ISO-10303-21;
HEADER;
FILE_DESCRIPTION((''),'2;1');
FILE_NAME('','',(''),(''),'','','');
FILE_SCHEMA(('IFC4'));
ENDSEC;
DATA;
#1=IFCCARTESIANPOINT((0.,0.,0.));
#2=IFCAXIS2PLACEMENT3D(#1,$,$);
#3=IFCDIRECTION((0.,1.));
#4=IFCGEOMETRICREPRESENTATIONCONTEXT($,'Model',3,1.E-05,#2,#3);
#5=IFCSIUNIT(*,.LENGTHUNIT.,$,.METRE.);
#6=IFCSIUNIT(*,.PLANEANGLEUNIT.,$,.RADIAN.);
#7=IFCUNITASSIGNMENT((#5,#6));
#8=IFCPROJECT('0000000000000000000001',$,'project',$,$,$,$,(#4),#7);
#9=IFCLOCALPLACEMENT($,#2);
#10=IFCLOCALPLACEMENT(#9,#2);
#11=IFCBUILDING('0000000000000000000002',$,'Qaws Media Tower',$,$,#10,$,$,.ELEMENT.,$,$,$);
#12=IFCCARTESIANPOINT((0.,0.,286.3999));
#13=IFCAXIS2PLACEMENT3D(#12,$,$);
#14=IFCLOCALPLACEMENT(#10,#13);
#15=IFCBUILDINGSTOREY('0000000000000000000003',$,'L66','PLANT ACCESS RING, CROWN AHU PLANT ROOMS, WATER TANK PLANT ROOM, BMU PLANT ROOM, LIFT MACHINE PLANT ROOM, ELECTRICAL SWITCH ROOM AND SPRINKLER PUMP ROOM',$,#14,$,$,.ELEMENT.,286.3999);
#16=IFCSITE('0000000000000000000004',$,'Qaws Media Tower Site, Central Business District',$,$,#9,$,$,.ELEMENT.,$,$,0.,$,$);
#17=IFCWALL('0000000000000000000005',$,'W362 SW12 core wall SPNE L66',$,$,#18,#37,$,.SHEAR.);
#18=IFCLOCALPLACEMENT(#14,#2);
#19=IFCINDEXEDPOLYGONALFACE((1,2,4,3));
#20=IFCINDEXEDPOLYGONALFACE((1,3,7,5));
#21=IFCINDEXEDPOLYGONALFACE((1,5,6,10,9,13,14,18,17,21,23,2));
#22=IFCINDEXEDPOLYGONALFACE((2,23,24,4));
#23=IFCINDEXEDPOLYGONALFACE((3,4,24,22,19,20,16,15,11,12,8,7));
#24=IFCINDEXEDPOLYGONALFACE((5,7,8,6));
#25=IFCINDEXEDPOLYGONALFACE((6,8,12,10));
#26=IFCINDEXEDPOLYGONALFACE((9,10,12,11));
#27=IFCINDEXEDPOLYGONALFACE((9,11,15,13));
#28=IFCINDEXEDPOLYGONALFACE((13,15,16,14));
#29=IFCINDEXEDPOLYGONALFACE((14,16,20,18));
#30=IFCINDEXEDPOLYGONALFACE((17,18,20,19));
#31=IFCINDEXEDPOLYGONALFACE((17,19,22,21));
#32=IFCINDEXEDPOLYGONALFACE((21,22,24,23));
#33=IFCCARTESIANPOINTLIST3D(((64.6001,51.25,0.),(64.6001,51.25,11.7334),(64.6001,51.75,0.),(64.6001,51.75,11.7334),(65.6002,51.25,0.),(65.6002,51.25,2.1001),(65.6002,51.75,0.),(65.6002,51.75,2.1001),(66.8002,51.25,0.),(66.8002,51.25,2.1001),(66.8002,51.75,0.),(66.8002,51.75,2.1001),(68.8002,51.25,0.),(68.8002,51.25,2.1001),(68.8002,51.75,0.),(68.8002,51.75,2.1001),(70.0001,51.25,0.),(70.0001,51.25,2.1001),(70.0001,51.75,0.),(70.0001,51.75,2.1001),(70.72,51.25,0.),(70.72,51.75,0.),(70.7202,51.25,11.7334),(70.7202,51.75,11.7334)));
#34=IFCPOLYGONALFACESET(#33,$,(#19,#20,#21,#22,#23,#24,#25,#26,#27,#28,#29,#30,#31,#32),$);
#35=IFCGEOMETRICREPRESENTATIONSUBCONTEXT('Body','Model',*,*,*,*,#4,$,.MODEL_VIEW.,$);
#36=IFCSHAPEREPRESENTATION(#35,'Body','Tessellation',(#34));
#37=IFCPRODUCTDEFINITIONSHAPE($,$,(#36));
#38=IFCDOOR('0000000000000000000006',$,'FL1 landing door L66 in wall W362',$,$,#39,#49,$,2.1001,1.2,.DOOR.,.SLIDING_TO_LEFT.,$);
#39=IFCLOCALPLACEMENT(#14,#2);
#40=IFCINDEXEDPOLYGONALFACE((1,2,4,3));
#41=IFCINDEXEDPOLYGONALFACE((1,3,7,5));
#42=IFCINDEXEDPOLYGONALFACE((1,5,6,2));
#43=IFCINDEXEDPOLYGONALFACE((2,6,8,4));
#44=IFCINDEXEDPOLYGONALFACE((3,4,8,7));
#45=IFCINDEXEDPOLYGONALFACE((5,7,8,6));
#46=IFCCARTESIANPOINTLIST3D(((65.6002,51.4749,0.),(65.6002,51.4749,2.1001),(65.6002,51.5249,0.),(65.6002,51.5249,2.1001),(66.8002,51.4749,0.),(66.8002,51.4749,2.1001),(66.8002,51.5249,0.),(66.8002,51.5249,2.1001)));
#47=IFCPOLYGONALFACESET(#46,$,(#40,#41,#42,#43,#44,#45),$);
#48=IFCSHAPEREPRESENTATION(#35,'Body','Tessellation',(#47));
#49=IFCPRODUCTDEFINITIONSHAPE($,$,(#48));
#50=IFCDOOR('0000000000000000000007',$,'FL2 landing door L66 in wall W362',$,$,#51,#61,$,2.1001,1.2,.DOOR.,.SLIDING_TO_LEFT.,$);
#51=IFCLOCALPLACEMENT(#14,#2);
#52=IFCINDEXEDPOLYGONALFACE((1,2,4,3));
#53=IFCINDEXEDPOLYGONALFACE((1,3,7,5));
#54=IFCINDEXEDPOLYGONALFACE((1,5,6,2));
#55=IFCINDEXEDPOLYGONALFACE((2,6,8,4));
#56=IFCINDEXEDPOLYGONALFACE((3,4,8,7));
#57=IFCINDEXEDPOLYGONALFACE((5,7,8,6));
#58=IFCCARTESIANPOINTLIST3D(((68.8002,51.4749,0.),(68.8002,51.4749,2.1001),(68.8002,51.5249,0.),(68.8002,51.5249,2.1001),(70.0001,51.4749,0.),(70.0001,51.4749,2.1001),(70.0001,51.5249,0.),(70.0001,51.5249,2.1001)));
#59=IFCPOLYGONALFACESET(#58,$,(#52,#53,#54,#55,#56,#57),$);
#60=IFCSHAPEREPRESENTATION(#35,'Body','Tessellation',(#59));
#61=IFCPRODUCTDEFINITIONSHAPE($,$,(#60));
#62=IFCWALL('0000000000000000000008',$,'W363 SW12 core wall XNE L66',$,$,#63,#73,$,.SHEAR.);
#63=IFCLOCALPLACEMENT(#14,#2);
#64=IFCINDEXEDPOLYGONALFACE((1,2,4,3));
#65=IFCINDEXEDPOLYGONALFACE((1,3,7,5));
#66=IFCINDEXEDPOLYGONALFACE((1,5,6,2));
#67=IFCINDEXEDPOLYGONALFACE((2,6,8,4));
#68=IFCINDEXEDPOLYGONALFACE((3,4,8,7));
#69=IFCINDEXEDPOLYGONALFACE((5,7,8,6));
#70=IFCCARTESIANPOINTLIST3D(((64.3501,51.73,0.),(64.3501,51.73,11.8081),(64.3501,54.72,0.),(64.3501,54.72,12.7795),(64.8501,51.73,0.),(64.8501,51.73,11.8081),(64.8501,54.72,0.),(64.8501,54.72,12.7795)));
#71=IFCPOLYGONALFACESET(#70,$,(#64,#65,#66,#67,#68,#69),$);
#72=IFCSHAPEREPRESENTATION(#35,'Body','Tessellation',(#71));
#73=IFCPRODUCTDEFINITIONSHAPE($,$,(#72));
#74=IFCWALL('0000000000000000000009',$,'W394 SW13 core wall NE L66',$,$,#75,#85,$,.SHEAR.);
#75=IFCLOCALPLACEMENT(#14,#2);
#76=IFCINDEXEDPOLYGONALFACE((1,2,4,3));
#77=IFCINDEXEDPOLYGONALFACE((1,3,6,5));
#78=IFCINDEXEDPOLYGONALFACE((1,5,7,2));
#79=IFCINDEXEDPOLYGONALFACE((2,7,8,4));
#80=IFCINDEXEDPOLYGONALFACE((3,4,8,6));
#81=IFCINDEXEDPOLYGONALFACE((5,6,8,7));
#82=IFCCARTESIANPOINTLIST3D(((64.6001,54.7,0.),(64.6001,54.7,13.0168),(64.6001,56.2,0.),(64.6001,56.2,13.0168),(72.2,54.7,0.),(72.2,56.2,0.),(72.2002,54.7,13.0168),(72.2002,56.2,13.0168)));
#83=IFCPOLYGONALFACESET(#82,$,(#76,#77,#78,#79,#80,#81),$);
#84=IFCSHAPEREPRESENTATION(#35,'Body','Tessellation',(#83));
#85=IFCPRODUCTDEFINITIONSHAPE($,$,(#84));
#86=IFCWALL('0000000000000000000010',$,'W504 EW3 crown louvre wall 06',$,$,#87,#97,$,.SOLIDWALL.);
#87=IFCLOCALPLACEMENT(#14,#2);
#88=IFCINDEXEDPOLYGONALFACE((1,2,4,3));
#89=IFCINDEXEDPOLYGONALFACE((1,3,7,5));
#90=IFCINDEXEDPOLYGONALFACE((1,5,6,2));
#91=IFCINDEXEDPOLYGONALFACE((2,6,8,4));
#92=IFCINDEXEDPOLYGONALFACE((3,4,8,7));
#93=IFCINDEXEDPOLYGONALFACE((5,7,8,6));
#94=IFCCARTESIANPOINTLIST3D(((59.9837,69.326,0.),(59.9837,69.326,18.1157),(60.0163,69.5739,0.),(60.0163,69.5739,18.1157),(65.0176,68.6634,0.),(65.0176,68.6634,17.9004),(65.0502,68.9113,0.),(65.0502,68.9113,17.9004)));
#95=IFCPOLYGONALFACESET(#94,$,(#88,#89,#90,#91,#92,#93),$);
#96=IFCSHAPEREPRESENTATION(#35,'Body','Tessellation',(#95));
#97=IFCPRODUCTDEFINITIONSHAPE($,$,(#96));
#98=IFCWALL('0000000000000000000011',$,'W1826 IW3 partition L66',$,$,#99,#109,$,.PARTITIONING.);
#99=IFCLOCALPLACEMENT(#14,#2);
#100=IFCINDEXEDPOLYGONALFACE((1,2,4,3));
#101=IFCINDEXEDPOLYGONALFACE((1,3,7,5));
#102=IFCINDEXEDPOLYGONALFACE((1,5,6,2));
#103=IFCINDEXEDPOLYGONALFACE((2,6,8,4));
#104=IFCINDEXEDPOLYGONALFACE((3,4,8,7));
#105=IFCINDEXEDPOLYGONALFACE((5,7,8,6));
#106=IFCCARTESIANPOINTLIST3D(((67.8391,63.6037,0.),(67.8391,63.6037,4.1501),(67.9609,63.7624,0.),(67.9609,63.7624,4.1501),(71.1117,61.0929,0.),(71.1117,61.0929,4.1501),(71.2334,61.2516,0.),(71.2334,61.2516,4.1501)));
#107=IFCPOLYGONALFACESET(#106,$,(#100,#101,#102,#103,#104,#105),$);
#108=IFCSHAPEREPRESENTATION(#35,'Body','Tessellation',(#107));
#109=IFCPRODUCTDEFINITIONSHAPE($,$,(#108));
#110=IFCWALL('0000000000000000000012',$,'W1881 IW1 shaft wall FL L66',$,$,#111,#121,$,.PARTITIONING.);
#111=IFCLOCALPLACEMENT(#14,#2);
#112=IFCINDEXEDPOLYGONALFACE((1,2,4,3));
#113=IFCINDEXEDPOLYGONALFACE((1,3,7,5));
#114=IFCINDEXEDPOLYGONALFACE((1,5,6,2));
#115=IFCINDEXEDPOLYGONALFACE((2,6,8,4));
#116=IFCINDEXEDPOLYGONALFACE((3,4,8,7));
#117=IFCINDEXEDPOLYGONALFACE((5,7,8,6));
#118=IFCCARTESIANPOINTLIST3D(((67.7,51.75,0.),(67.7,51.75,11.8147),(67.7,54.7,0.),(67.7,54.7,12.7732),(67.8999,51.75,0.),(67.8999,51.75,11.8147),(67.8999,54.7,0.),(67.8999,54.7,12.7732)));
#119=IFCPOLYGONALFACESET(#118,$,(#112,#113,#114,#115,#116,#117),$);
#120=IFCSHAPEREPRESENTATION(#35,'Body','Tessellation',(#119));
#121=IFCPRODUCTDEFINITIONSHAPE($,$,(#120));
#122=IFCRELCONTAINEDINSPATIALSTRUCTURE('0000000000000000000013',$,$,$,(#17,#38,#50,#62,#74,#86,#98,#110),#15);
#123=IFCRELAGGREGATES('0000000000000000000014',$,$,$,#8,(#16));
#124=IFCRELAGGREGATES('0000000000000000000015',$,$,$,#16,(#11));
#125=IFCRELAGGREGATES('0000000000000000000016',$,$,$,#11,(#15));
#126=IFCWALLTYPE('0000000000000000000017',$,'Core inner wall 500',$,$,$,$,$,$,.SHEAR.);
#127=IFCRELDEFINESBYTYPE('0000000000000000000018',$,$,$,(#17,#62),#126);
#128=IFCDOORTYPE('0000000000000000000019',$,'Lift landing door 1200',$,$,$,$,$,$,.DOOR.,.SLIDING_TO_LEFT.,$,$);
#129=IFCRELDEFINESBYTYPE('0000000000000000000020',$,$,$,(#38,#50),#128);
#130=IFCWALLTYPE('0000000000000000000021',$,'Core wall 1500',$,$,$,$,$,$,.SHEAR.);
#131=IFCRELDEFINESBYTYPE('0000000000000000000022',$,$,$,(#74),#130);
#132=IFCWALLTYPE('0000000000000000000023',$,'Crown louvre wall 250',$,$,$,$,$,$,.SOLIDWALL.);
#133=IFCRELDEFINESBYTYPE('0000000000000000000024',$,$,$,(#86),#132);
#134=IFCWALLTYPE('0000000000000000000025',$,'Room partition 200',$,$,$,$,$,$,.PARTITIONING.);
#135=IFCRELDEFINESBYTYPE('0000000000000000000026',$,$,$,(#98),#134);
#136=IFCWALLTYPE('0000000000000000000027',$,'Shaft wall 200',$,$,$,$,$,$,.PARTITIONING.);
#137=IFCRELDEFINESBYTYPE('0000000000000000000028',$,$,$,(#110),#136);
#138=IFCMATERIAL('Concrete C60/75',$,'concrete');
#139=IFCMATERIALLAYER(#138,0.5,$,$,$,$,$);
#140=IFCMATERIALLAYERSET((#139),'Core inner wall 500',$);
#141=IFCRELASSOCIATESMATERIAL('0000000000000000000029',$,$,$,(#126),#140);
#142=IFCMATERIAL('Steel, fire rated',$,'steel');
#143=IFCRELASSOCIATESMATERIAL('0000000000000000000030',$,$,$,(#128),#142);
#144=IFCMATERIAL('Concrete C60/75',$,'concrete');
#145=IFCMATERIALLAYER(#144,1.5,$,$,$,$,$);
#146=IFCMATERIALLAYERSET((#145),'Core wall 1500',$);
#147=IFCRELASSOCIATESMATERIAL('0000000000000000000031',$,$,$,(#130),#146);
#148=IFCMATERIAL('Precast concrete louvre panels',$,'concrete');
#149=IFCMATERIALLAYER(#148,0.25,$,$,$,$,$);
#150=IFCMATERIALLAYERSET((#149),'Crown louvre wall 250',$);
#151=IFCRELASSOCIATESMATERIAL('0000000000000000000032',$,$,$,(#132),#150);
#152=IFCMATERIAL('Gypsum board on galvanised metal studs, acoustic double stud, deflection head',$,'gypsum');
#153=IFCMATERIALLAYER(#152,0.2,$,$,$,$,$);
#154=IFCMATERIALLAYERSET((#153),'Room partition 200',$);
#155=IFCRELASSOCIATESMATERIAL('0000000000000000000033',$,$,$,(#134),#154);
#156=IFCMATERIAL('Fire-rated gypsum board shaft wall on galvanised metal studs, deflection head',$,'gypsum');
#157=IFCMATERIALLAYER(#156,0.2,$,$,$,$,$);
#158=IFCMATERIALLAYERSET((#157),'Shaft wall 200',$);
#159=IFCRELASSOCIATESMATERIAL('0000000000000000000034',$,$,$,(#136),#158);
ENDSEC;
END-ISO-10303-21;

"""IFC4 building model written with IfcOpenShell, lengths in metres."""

from ifc_helpers import new_model, si_unit, direction, frame, frame_2d, origin, place, context, subcontext, project, spatial, polyline, rectangle, outline, extrude, material, layer, layer_set, type_object, element, fill, save


model = new_model("IFC4")

# Units and contexts
model_context = context("Model", 3, precision=1e-05, world=origin(), true_north=direction((0.0, 1.0)))
body_context = subcontext(model_context, "Body", "Model", "MODEL_VIEW")
ifc_project = project(units=[si_unit("LENGTHUNIT", "METRE"), si_unit("PLANEANGLEUNIT", "RADIAN")], contexts=[model_context])

# Site, building, storey
site_placement = place(None, origin())
site = spatial("IfcSite", under=ifc_project, at=site_placement, Name="Qaws Media Tower Site, Central Business District", CompositionType="ELEMENT", RefElevation=0.0)
building_placement = place(site_placement, origin())
building = spatial("IfcBuilding", under=site, at=building_placement, Name="Qaws Media Tower", CompositionType="ELEMENT")
storey_placement = place(building_placement, frame((0.0, 0.0, 286.3999)))
storey = spatial("IfcBuildingStorey", under=building, at=storey_placement, Name="L66", Description="PLANT ACCESS RING, CROWN AHU PLANT ROOMS, WATER TANK PLANT ROOM, BMU PLANT ROOM, LIFT MACHINE PLANT ROOM, ELECTRICAL SWITCH ROOM AND SPRINKLER PUMP ROOM", CompositionType="ELEMENT", Elevation=286.3999)

# Wall, openings, doors
ifc_material_1 = material(Name="Concrete C60/75", Category="concrete")
ifc_layer_1 = layer(ifc_material_1, 0.5)
ifc_layer_set_1 = layer_set([ifc_layer_1], Name="Core inner wall 500")
wall_type_1 = type_object("IfcWallType", Name="Core inner wall 500", PredefinedType="SHEAR", material=ifc_layer_set_1)
wall_1_placement = place(storey_placement, frame((64.6001, 51.5, 0.0), z_axis=(0.0, 0.0, 1.0), x_axis=(1.0, 0.0, 0.0)))
wall_1 = element("IfcWall", 1, at=wall_1_placement, inside=storey, type_object=wall_type_1, Name="W362 SW12 core wall SPNE L66", PredefinedType="SHEAR", context=body_context, shape_type="SweptSolid", body=[
    extrude(outline(polyline([(0.0, 0.0), (6.1199, 0.0), (6.1201, 11.7334), (0.0, 11.7334), (0.0, 0.0)])), frame((0.0, 0.25, 0.0), z_axis=(0.0, -1.0, 0.0), x_axis=(1.0, 0.0, 0.0)), (0.0, 0.0, 1.0), 0.5),
])
opening_1_placement = place(wall_1_placement, frame((1.0, 0.0, 0.0)))
opening_1 = element("IfcOpeningElement", 2, at=opening_1_placement, cuts=wall_1, PredefinedType="OPENING", context=body_context, shape_type="SweptSolid", body=[
    extrude(rectangle(XDim=1.2, YDim=2.1001, at=frame_2d((0.6001, 1.05))), frame((0.0, 0.26, 0.0), z_axis=(0.0, -1.0, 0.0), x_axis=(1.0, 0.0, 0.0)), (0.0, 0.0, 1.0), 0.52),
])
opening_2_placement = place(wall_1_placement, frame((4.2, 0.0, 0.0)))
opening_2 = element("IfcOpeningElement", 3, at=opening_2_placement, cuts=wall_1, PredefinedType="OPENING", context=body_context, shape_type="SweptSolid", body=[
    extrude(rectangle(XDim=1.2, YDim=2.1001, at=frame_2d((0.6001, 1.05))), frame((0.0, 0.26, 0.0), z_axis=(0.0, -1.0, 0.0), x_axis=(1.0, 0.0, 0.0)), (0.0, 0.0, 1.0), 0.52),
])
ifc_material_2 = material(Name="Steel, fire rated", Category="steel")
door_type = type_object("IfcDoorType", Name="Lift landing door 1200", OperationType="SLIDING_TO_LEFT", PredefinedType="DOOR", material=ifc_material_2)
door_1_placement = place(opening_1_placement, origin())
door_1 = element("IfcDoor", 4, at=door_1_placement, inside=storey, type_object=door_type, Name="FL1 landing door L66 in wall W362", OperationType="SLIDING_TO_LEFT", OverallHeight=2.1001, OverallWidth=1.2, PredefinedType="DOOR", context=body_context, shape_type="SweptSolid", body=[
    extrude(rectangle(XDim=1.2, YDim=2.1001, at=frame_2d((0.6001, 1.05))), frame((0.0, 0.0249, 0.0), z_axis=(0.0, -1.0, 0.0), x_axis=(1.0, 0.0, 0.0)), (0.0, 0.0, 1.0), 0.05),
])
fill(opening_1, door_1)
door_2_placement = place(opening_2_placement, origin())
door_2 = element("IfcDoor", 5, at=door_2_placement, inside=storey, type_object=door_type, Name="FL2 landing door L66 in wall W362", OperationType="SLIDING_TO_LEFT", OverallHeight=2.1001, OverallWidth=1.2, PredefinedType="DOOR", context=body_context, shape_type="SweptSolid", body=[
    extrude(rectangle(XDim=1.2, YDim=2.1001, at=frame_2d((0.6001, 1.05))), frame((0.0, 0.0249, 0.0), z_axis=(0.0, -1.0, 0.0), x_axis=(1.0, 0.0, 0.0)), (0.0, 0.0, 1.0), 0.05),
])
fill(opening_2, door_2)

# Walls
wall_2_placement = place(storey_placement, frame((64.6001, 51.73, 0.0), z_axis=(0.0, 0.0, 1.0), x_axis=(0.0, 1.0, 0.0)))
element("IfcWall", 6, at=wall_2_placement, inside=storey, type_object=wall_type_1, Name="W363 SW12 core wall XNE L66", PredefinedType="SHEAR", context=body_context, shape_type="SweptSolid", body=[
    extrude(outline(polyline([(0.0, 0.0), (2.99, 0.0), (2.99, 12.7795), (0.0, 11.8081), (0.0, 0.0)])), frame((0.0, 0.25, 0.0), z_axis=(0.0, -1.0, 0.0), x_axis=(1.0, 0.0, 0.0)), (0.0, 0.0, 1.0), 0.5),
])
ifc_material_3 = material(Name="Concrete C60/75", Category="concrete")
ifc_layer_2 = layer(ifc_material_3, 1.5)
ifc_layer_set_2 = layer_set([ifc_layer_2], Name="Core wall 1500")
wall_type_2 = type_object("IfcWallType", Name="Core wall 1500", PredefinedType="SHEAR", material=ifc_layer_set_2)
wall_3_placement = place(storey_placement, frame((64.6001, 55.45, 0.0), z_axis=(0.0, 0.0, 1.0), x_axis=(1.0, 0.0, 0.0)))
element("IfcWall", 7, at=wall_3_placement, inside=storey, type_object=wall_type_2, Name="W394 SW13 core wall NE L66", PredefinedType="SHEAR", context=body_context, shape_type="SweptSolid", body=[
    extrude(outline(polyline([(0.0, 0.0), (7.5999, 0.0), (7.6001, 13.0168), (0.0, 13.0168), (0.0, 0.0)])), frame((0.0, 0.75, 0.0), z_axis=(0.0, -1.0, 0.0), x_axis=(1.0, 0.0, 0.0)), (0.0, 0.0, 1.0), 1.5),
])
ifc_material_4 = material(Name="Precast concrete louvre panels", Category="concrete")
ifc_layer_3 = layer(ifc_material_4, 0.25)
ifc_layer_set_3 = layer_set([ifc_layer_3], Name="Crown louvre wall 250")
wall_type_3 = type_object("IfcWallType", Name="Crown louvre wall 250", PredefinedType="SOLIDWALL", material=ifc_layer_set_3)
wall_4_placement = place(storey_placement, frame((65.0339, 68.7874, 0.0), z_axis=(0.0, 0.0, 1.0), x_axis=(-0.991448, 0.130501, 0.0)))
element("IfcWall", 8, at=wall_4_placement, inside=storey, type_object=wall_type_3, Name="W504 EW3 crown louvre wall 06", PredefinedType="SOLIDWALL", context=body_context, shape_type="SweptSolid", body=[
    extrude(outline(polyline([(0.0, 0.0), (5.0774, 0.0), (5.0774, 18.1157), (0.0, 17.9004), (0.0, 0.0)])), frame((0.0, 0.125, 0.0), z_axis=(0.0, -1.0, 0.0), x_axis=(1.0, 0.0, 0.0)), (0.0, 0.0, 1.0), 0.25),
])
ifc_material_5 = material(Name="Gypsum board on galvanised metal studs, acoustic double stud, deflection head", Category="gypsum")
ifc_layer_4 = layer(ifc_material_5, 0.2)
ifc_layer_set_4 = layer_set([ifc_layer_4], Name="Room partition 200")
wall_type_4 = type_object("IfcWallType", Name="Room partition 200", PredefinedType="PARTITIONING", material=ifc_layer_set_4)
wall_5_placement = place(storey_placement, frame((67.8999, 63.6831, 0.0), z_axis=(0.0, 0.0, 1.0), x_axis=(0.793389, -0.608715, 0.0)))
element("IfcWall", 9, at=wall_5_placement, inside=storey, type_object=wall_type_4, Name="W1826 IW3 partition L66", PredefinedType="PARTITIONING", context=body_context, shape_type="SweptSolid", body=[
    extrude(rectangle(XDim=4.1248, YDim=0.2, at=frame_2d((2.0625, 0.0))), origin(), (0.0, 0.0, 1.0), 4.1501),
])
ifc_material_6 = material(Name="Fire-rated gypsum board shaft wall on galvanised metal studs, deflection head", Category="gypsum")
ifc_layer_5 = layer(ifc_material_6, 0.2)
ifc_layer_set_5 = layer_set([ifc_layer_5], Name="Shaft wall 200")
wall_type_5 = type_object("IfcWallType", Name="Shaft wall 200", PredefinedType="PARTITIONING", material=ifc_layer_set_5)
wall_6_placement = place(storey_placement, frame((67.8, 51.75, 0.0), z_axis=(0.0, 0.0, 1.0), x_axis=(0.0, 1.0, 0.0)))
element("IfcWall", 10, at=wall_6_placement, inside=storey, type_object=wall_type_5, Name="W1881 IW1 shaft wall FL L66", PredefinedType="PARTITIONING", context=body_context, shape_type="SweptSolid", body=[
    extrude(outline(polyline([(0.0, 0.0), (2.95, 0.0), (2.95, 12.7732), (0.0, 11.8147), (0.0, 0.0)])), frame((0.0, 0.1001, 0.0), z_axis=(0.0, -1.0, 0.0), x_axis=(1.0, 0.0, 0.0)), (0.0, 0.0, 1.0), 0.2),
])

save(model, "model.ifc")
